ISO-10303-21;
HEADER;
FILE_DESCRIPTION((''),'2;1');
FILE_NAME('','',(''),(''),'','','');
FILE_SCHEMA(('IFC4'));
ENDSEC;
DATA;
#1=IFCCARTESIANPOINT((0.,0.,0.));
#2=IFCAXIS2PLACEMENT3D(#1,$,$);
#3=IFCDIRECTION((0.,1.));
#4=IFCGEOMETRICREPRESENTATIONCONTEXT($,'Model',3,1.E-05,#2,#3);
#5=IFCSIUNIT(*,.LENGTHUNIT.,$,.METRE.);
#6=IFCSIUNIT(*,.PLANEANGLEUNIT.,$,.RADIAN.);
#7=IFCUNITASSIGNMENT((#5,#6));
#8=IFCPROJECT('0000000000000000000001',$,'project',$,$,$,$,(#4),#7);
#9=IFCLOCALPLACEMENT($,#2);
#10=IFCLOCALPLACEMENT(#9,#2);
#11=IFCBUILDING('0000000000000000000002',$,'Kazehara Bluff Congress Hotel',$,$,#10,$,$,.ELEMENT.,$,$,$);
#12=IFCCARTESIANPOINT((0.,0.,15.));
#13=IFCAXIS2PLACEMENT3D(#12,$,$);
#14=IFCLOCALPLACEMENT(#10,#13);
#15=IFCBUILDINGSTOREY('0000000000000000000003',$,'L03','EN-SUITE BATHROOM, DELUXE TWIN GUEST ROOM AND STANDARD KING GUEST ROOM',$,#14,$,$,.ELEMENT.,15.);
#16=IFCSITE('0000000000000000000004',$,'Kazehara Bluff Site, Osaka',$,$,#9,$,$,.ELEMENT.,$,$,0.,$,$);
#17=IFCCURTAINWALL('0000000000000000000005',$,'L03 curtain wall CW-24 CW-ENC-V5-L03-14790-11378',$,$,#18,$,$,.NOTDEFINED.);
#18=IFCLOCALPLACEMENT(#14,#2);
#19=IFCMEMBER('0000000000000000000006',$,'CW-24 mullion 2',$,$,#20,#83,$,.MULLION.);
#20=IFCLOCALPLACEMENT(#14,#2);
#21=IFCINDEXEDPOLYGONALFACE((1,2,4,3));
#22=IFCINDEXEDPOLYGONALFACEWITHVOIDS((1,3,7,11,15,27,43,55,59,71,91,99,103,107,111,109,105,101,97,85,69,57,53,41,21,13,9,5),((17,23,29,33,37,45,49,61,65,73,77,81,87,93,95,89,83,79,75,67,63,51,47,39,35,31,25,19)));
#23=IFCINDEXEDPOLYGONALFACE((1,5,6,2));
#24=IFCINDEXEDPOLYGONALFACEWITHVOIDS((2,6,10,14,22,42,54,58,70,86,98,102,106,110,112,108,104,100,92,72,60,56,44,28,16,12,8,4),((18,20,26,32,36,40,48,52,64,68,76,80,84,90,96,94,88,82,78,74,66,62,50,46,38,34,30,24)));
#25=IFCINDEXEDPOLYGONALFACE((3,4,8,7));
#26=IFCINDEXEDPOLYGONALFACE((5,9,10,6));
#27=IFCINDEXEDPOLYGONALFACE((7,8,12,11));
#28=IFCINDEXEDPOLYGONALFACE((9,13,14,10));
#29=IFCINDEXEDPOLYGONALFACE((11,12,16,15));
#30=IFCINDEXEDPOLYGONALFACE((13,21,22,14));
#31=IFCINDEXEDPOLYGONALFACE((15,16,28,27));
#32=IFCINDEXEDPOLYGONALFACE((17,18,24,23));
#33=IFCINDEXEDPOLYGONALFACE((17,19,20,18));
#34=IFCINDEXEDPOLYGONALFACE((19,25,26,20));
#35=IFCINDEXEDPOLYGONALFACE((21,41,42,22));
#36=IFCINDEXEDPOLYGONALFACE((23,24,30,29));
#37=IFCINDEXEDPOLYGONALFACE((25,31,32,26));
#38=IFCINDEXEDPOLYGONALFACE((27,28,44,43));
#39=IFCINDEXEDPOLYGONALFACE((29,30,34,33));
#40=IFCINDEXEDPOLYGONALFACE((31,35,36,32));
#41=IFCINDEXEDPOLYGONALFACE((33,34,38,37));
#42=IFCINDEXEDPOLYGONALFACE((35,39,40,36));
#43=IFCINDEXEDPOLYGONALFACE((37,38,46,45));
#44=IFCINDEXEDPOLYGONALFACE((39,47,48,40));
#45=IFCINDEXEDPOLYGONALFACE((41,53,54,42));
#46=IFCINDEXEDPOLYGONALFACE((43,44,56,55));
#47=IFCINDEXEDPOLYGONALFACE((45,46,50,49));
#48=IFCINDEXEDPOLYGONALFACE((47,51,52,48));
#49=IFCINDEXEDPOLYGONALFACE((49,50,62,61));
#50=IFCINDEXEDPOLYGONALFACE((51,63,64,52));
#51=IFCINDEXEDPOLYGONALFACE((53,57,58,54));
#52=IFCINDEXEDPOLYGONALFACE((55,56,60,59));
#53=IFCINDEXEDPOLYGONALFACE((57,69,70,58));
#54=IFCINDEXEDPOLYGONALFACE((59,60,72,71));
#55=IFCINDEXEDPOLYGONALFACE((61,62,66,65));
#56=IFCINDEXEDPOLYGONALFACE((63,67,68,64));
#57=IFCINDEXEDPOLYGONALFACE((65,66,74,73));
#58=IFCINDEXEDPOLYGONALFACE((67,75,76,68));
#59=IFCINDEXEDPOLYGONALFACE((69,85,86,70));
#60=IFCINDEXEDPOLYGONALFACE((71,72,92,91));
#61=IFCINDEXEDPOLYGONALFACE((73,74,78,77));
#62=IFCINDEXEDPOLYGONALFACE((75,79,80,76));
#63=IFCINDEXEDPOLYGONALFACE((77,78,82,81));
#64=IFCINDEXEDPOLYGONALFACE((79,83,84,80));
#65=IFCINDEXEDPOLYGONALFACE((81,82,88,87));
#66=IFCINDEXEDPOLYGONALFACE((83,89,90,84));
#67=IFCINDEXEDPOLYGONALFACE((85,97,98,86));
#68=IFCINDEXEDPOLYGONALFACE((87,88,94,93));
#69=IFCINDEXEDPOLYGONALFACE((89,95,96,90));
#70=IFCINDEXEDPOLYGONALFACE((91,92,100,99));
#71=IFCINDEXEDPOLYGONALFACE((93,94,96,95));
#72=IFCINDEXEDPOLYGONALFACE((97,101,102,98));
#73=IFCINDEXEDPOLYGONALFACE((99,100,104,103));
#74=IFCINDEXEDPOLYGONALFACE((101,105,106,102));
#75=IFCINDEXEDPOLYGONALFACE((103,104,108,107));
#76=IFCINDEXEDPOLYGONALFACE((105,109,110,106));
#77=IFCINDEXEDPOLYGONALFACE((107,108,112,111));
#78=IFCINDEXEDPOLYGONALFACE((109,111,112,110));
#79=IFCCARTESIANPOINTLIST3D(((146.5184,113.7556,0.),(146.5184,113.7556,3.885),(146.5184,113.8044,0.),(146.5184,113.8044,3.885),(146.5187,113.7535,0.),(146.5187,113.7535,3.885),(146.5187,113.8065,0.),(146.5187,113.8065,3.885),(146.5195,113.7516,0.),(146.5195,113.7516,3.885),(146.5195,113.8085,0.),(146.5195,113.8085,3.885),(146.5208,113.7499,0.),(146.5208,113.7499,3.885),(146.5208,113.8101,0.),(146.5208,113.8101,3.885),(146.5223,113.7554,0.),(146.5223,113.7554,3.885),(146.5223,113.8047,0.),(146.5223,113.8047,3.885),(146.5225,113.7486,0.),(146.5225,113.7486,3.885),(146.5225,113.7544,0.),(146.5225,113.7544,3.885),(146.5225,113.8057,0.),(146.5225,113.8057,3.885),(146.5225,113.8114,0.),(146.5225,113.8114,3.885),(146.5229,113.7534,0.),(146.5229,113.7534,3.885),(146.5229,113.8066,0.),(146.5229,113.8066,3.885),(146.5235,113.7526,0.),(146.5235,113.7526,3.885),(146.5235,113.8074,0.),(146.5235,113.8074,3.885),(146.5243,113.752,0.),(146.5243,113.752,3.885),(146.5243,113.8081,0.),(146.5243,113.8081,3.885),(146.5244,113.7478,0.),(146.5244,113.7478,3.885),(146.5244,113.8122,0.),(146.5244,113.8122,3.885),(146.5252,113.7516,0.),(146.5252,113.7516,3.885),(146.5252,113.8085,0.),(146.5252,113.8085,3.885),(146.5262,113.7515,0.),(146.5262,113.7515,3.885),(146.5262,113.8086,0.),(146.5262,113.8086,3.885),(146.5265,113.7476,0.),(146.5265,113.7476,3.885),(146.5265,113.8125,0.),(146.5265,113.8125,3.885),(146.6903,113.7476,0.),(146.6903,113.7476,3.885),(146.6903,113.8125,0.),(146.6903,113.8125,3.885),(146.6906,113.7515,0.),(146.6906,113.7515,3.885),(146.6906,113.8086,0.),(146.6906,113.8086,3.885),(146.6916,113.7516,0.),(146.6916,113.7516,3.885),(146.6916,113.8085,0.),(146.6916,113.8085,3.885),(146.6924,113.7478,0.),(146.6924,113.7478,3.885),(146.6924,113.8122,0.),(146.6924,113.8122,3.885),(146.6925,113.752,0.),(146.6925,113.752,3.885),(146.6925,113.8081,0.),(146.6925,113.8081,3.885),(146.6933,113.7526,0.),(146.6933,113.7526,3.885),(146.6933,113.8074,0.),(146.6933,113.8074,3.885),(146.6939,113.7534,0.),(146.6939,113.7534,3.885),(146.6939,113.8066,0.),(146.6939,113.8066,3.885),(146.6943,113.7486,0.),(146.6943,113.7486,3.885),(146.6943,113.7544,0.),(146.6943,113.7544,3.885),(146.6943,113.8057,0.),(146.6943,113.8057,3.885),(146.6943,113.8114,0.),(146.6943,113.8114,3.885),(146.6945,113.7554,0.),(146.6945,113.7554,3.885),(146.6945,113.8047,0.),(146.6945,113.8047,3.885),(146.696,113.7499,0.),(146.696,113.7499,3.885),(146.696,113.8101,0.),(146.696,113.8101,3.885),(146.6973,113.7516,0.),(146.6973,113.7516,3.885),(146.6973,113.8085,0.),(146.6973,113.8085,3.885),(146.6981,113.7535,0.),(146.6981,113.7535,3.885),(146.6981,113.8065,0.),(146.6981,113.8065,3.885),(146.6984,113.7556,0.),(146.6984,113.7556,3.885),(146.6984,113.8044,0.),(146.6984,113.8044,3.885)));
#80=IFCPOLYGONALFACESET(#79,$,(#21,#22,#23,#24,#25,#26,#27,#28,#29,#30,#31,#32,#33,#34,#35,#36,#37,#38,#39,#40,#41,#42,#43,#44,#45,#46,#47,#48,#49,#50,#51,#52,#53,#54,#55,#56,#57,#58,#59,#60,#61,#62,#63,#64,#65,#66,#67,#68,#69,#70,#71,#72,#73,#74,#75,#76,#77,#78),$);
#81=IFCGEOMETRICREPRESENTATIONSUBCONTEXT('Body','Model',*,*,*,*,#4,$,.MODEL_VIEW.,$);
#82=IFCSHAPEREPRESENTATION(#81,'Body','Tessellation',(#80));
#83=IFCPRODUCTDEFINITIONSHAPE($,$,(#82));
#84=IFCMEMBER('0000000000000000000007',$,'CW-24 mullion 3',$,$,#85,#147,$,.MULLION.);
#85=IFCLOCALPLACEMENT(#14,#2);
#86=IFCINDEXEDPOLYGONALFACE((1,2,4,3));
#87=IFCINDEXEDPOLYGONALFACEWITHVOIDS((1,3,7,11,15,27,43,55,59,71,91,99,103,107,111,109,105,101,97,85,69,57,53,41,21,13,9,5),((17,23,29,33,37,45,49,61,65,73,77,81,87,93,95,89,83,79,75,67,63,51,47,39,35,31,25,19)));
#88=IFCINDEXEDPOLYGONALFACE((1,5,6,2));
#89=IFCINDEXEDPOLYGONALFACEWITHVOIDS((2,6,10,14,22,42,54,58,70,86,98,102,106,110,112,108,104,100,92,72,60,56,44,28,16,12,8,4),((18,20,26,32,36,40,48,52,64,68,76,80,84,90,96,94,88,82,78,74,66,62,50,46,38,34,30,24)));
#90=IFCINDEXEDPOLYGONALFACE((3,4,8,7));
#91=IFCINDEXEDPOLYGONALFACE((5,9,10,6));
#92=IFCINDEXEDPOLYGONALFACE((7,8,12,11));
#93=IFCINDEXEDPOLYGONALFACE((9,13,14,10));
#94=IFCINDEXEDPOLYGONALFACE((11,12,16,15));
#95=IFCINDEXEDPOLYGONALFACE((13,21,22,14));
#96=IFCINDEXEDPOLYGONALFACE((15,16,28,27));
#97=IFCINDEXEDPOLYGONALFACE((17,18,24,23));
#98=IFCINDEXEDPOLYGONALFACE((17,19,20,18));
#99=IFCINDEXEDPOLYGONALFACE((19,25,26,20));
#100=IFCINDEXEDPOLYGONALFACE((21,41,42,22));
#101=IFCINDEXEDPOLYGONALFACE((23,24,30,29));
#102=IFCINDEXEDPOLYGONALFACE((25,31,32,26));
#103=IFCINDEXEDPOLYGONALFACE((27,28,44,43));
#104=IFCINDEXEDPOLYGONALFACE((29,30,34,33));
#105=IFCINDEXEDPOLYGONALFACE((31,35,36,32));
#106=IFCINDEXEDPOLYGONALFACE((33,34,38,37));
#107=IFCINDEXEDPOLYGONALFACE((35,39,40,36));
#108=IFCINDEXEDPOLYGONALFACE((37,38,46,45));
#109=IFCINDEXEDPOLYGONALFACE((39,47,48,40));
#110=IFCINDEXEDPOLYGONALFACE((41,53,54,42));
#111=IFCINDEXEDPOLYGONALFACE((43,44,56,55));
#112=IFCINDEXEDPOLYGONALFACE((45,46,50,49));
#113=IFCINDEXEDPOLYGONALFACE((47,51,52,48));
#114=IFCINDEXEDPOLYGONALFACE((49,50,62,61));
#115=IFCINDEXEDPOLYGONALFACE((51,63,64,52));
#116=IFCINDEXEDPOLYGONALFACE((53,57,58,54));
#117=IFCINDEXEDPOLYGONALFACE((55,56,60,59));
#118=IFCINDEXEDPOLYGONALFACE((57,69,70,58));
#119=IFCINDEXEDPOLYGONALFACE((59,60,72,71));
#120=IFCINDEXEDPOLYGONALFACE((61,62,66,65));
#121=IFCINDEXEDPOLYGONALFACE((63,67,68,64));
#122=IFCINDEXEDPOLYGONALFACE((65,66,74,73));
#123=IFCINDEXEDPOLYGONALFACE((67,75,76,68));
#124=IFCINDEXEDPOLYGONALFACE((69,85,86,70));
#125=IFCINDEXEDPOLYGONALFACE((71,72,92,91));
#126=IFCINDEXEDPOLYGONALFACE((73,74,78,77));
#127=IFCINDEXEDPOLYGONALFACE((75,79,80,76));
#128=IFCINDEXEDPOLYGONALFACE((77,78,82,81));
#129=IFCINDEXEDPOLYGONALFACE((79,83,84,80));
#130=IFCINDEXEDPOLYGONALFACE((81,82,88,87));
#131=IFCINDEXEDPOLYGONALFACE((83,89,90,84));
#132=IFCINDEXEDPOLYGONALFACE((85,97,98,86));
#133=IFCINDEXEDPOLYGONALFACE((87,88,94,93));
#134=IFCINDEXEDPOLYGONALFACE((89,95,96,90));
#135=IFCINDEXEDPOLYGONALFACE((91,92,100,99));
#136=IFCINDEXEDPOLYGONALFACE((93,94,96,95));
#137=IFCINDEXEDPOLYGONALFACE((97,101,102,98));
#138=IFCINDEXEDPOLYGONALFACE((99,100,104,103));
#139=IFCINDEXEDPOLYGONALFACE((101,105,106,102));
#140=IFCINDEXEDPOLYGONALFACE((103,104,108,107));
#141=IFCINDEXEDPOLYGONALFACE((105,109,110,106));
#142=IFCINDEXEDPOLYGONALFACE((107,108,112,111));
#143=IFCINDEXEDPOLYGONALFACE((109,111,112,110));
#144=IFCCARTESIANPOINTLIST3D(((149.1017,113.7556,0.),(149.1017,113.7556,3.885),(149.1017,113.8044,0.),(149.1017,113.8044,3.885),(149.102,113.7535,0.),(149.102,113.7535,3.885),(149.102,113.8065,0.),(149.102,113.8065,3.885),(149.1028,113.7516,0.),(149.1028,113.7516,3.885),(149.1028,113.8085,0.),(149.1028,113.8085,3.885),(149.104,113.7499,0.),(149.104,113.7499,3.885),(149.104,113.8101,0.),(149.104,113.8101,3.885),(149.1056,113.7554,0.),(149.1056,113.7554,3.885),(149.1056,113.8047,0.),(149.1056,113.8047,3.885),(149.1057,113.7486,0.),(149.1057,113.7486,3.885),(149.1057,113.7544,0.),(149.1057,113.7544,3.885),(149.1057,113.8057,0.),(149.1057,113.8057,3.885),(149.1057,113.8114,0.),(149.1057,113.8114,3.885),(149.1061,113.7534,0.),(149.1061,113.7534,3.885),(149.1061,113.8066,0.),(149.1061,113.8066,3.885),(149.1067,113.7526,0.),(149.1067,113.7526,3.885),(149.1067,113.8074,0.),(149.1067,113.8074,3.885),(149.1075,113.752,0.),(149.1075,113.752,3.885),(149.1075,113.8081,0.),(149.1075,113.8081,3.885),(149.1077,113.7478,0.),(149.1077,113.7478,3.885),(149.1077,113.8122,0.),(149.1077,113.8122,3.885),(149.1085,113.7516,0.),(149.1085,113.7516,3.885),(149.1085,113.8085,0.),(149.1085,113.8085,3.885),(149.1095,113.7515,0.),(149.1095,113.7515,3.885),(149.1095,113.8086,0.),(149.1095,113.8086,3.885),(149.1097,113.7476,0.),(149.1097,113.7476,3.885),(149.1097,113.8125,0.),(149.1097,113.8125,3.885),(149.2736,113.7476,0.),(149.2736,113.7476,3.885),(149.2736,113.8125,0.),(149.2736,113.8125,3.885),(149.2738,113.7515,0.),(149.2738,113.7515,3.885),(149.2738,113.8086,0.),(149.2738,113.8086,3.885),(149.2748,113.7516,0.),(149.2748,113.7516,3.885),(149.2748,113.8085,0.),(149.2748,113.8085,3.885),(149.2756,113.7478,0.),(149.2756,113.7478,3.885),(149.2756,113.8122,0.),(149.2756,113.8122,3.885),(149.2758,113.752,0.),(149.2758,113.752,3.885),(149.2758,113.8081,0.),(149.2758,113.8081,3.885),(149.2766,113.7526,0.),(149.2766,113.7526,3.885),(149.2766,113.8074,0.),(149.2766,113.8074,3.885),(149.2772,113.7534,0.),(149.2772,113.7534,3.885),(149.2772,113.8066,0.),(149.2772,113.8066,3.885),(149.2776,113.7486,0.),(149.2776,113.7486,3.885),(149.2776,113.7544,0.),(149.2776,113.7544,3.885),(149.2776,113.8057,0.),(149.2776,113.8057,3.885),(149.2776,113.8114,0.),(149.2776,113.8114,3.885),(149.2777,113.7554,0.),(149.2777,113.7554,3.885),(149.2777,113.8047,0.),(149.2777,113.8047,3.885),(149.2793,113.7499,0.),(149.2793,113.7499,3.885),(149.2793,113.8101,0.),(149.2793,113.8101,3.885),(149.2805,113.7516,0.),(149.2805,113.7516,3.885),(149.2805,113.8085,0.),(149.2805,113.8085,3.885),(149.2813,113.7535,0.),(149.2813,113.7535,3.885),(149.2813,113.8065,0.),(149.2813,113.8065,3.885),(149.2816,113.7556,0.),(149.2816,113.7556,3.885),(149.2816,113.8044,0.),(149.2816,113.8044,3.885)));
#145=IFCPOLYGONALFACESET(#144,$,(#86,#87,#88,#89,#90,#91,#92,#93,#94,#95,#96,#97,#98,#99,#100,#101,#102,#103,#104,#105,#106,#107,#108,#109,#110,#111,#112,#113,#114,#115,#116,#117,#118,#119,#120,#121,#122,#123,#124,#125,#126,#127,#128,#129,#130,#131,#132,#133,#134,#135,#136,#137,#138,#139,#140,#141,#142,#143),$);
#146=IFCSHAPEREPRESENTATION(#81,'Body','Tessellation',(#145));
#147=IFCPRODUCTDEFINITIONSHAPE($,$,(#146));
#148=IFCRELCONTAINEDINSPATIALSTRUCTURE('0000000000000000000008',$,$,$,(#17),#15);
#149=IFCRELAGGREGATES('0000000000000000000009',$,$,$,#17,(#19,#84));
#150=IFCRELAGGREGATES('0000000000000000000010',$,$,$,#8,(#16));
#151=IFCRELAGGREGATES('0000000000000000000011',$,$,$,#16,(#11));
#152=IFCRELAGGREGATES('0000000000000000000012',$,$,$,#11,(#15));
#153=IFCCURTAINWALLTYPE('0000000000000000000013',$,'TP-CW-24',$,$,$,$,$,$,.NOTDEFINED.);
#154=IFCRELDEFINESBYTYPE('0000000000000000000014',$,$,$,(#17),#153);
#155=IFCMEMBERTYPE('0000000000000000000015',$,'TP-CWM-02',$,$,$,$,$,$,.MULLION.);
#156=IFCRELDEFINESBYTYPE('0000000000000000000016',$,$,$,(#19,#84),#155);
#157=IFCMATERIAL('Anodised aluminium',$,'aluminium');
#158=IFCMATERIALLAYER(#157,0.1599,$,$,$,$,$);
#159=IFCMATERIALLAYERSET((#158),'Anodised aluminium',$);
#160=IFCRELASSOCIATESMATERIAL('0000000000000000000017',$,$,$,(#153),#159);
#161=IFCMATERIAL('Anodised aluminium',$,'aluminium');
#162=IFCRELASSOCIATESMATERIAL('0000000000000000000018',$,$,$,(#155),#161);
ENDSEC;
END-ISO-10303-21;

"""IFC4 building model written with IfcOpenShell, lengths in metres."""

from ifc_helpers import new_model, si_unit, direction, frame, origin, origin_2d, place, context, subcontext, project, spatial, hollow_rectangle, extrude, material, layer, layer_set, material_profile, profile_set, type_object, element, aggregate, save


model = new_model("IFC4")

# Units and contexts
model_context = context("Model", 3, precision=1e-05, world=origin(), true_north=direction((0.0, 1.0)))
body_context = subcontext(model_context, "Body", "Model", "MODEL_VIEW")
ifc_project = project(units=[si_unit("LENGTHUNIT", "METRE"), si_unit("PLANEANGLEUNIT", "RADIAN")], contexts=[model_context])

# Site, building, storey
site_placement = place(None, origin())
site = spatial("IfcSite", under=ifc_project, at=site_placement, Name="Kazehara Bluff Site, Osaka", CompositionType="ELEMENT", RefElevation=0.0)
building_placement = place(site_placement, origin())
building = spatial("IfcBuilding", under=site, at=building_placement, Name="Kazehara Bluff Congress Hotel", CompositionType="ELEMENT")
storey_placement = place(building_placement, frame((0.0, 0.0, 15.0)))
storey = spatial("IfcBuildingStorey", under=building, at=storey_placement, Name="L03", Description="EN-SUITE BATHROOM, DELUXE TWIN GUEST ROOM AND STANDARD KING GUEST ROOM", CompositionType="ELEMENT", Elevation=15.0)

# Curtain wall, members
ifc_material_1 = material(Name="Anodised aluminium", Category="aluminium")
ifc_layer_1 = layer(ifc_material_1, 0.1599)
ifc_layer_set_1 = layer_set([ifc_layer_1], Name="Anodised aluminium")
curtain_wall_type = type_object("IfcCurtainWallType", Name="TP-CW-24", PredefinedType="NOTDEFINED", material=ifc_layer_set_1)
curtain_wall_placement = place(storey_placement, origin())
curtain_wall = element("IfcCurtainWall", 1, at=curtain_wall_placement, inside=storey, type_object=curtain_wall_type, Name="L03 curtain wall CW-24 CW-ENC-V5-L03-14790-11378", PredefinedType="NOTDEFINED")
ifc_material_2 = material(Name="Anodised aluminium", Category="aluminium")
ifc_material_profile_1 = material_profile(ifc_material_2, hollow_rectangle(XDim=0.0649, YDim=0.1799, WallThickness=0.0039, InnerFilletRadius=0.0039, OuterFilletRadius=0.0081, at=origin_2d()))
ifc_profile_set_1 = profile_set([ifc_material_profile_1], Name="Anodised aluminium")
member_type_1 = type_object("IfcMemberType", Name="TP-CWM-02", PredefinedType="MULLION", material=ifc_profile_set_1)
member_1_placement = place(storey_placement, frame((146.6084, 113.78, 0.0), z_axis=(0.0, 0.0, 1.0), x_axis=(0.0, 1.0, 0.0)))
member_1 = element("IfcMember", 2, at=member_1_placement, type_object=member_type_1, Name="CW-24 mullion 2", PredefinedType="MULLION", context=body_context, shape_type="SweptSolid", body=[
    extrude(hollow_rectangle(XDim=0.0649, YDim=0.1799, WallThickness=0.0039, InnerFilletRadius=0.0039, OuterFilletRadius=0.0081, at=origin_2d()), origin(), (0.0, 0.0, 1.0), 3.885),
])
member_2_placement = place(storey_placement, frame((149.1917, 113.78, 0.0), z_axis=(0.0, 0.0, 1.0), x_axis=(0.0, 1.0, 0.0)))
member_2 = element("IfcMember", 3, at=member_2_placement, type_object=member_type_1, Name="CW-24 mullion 3", PredefinedType="MULLION", context=body_context, shape_type="SweptSolid", body=[
    extrude(hollow_rectangle(XDim=0.0649, YDim=0.1799, WallThickness=0.0039, InnerFilletRadius=0.0039, OuterFilletRadius=0.0081, at=origin_2d()), origin(), (0.0, 0.0, 1.0), 3.885),
])

aggregate(curtain_wall, [member_1, member_2])

save(model, "model.ifc")
